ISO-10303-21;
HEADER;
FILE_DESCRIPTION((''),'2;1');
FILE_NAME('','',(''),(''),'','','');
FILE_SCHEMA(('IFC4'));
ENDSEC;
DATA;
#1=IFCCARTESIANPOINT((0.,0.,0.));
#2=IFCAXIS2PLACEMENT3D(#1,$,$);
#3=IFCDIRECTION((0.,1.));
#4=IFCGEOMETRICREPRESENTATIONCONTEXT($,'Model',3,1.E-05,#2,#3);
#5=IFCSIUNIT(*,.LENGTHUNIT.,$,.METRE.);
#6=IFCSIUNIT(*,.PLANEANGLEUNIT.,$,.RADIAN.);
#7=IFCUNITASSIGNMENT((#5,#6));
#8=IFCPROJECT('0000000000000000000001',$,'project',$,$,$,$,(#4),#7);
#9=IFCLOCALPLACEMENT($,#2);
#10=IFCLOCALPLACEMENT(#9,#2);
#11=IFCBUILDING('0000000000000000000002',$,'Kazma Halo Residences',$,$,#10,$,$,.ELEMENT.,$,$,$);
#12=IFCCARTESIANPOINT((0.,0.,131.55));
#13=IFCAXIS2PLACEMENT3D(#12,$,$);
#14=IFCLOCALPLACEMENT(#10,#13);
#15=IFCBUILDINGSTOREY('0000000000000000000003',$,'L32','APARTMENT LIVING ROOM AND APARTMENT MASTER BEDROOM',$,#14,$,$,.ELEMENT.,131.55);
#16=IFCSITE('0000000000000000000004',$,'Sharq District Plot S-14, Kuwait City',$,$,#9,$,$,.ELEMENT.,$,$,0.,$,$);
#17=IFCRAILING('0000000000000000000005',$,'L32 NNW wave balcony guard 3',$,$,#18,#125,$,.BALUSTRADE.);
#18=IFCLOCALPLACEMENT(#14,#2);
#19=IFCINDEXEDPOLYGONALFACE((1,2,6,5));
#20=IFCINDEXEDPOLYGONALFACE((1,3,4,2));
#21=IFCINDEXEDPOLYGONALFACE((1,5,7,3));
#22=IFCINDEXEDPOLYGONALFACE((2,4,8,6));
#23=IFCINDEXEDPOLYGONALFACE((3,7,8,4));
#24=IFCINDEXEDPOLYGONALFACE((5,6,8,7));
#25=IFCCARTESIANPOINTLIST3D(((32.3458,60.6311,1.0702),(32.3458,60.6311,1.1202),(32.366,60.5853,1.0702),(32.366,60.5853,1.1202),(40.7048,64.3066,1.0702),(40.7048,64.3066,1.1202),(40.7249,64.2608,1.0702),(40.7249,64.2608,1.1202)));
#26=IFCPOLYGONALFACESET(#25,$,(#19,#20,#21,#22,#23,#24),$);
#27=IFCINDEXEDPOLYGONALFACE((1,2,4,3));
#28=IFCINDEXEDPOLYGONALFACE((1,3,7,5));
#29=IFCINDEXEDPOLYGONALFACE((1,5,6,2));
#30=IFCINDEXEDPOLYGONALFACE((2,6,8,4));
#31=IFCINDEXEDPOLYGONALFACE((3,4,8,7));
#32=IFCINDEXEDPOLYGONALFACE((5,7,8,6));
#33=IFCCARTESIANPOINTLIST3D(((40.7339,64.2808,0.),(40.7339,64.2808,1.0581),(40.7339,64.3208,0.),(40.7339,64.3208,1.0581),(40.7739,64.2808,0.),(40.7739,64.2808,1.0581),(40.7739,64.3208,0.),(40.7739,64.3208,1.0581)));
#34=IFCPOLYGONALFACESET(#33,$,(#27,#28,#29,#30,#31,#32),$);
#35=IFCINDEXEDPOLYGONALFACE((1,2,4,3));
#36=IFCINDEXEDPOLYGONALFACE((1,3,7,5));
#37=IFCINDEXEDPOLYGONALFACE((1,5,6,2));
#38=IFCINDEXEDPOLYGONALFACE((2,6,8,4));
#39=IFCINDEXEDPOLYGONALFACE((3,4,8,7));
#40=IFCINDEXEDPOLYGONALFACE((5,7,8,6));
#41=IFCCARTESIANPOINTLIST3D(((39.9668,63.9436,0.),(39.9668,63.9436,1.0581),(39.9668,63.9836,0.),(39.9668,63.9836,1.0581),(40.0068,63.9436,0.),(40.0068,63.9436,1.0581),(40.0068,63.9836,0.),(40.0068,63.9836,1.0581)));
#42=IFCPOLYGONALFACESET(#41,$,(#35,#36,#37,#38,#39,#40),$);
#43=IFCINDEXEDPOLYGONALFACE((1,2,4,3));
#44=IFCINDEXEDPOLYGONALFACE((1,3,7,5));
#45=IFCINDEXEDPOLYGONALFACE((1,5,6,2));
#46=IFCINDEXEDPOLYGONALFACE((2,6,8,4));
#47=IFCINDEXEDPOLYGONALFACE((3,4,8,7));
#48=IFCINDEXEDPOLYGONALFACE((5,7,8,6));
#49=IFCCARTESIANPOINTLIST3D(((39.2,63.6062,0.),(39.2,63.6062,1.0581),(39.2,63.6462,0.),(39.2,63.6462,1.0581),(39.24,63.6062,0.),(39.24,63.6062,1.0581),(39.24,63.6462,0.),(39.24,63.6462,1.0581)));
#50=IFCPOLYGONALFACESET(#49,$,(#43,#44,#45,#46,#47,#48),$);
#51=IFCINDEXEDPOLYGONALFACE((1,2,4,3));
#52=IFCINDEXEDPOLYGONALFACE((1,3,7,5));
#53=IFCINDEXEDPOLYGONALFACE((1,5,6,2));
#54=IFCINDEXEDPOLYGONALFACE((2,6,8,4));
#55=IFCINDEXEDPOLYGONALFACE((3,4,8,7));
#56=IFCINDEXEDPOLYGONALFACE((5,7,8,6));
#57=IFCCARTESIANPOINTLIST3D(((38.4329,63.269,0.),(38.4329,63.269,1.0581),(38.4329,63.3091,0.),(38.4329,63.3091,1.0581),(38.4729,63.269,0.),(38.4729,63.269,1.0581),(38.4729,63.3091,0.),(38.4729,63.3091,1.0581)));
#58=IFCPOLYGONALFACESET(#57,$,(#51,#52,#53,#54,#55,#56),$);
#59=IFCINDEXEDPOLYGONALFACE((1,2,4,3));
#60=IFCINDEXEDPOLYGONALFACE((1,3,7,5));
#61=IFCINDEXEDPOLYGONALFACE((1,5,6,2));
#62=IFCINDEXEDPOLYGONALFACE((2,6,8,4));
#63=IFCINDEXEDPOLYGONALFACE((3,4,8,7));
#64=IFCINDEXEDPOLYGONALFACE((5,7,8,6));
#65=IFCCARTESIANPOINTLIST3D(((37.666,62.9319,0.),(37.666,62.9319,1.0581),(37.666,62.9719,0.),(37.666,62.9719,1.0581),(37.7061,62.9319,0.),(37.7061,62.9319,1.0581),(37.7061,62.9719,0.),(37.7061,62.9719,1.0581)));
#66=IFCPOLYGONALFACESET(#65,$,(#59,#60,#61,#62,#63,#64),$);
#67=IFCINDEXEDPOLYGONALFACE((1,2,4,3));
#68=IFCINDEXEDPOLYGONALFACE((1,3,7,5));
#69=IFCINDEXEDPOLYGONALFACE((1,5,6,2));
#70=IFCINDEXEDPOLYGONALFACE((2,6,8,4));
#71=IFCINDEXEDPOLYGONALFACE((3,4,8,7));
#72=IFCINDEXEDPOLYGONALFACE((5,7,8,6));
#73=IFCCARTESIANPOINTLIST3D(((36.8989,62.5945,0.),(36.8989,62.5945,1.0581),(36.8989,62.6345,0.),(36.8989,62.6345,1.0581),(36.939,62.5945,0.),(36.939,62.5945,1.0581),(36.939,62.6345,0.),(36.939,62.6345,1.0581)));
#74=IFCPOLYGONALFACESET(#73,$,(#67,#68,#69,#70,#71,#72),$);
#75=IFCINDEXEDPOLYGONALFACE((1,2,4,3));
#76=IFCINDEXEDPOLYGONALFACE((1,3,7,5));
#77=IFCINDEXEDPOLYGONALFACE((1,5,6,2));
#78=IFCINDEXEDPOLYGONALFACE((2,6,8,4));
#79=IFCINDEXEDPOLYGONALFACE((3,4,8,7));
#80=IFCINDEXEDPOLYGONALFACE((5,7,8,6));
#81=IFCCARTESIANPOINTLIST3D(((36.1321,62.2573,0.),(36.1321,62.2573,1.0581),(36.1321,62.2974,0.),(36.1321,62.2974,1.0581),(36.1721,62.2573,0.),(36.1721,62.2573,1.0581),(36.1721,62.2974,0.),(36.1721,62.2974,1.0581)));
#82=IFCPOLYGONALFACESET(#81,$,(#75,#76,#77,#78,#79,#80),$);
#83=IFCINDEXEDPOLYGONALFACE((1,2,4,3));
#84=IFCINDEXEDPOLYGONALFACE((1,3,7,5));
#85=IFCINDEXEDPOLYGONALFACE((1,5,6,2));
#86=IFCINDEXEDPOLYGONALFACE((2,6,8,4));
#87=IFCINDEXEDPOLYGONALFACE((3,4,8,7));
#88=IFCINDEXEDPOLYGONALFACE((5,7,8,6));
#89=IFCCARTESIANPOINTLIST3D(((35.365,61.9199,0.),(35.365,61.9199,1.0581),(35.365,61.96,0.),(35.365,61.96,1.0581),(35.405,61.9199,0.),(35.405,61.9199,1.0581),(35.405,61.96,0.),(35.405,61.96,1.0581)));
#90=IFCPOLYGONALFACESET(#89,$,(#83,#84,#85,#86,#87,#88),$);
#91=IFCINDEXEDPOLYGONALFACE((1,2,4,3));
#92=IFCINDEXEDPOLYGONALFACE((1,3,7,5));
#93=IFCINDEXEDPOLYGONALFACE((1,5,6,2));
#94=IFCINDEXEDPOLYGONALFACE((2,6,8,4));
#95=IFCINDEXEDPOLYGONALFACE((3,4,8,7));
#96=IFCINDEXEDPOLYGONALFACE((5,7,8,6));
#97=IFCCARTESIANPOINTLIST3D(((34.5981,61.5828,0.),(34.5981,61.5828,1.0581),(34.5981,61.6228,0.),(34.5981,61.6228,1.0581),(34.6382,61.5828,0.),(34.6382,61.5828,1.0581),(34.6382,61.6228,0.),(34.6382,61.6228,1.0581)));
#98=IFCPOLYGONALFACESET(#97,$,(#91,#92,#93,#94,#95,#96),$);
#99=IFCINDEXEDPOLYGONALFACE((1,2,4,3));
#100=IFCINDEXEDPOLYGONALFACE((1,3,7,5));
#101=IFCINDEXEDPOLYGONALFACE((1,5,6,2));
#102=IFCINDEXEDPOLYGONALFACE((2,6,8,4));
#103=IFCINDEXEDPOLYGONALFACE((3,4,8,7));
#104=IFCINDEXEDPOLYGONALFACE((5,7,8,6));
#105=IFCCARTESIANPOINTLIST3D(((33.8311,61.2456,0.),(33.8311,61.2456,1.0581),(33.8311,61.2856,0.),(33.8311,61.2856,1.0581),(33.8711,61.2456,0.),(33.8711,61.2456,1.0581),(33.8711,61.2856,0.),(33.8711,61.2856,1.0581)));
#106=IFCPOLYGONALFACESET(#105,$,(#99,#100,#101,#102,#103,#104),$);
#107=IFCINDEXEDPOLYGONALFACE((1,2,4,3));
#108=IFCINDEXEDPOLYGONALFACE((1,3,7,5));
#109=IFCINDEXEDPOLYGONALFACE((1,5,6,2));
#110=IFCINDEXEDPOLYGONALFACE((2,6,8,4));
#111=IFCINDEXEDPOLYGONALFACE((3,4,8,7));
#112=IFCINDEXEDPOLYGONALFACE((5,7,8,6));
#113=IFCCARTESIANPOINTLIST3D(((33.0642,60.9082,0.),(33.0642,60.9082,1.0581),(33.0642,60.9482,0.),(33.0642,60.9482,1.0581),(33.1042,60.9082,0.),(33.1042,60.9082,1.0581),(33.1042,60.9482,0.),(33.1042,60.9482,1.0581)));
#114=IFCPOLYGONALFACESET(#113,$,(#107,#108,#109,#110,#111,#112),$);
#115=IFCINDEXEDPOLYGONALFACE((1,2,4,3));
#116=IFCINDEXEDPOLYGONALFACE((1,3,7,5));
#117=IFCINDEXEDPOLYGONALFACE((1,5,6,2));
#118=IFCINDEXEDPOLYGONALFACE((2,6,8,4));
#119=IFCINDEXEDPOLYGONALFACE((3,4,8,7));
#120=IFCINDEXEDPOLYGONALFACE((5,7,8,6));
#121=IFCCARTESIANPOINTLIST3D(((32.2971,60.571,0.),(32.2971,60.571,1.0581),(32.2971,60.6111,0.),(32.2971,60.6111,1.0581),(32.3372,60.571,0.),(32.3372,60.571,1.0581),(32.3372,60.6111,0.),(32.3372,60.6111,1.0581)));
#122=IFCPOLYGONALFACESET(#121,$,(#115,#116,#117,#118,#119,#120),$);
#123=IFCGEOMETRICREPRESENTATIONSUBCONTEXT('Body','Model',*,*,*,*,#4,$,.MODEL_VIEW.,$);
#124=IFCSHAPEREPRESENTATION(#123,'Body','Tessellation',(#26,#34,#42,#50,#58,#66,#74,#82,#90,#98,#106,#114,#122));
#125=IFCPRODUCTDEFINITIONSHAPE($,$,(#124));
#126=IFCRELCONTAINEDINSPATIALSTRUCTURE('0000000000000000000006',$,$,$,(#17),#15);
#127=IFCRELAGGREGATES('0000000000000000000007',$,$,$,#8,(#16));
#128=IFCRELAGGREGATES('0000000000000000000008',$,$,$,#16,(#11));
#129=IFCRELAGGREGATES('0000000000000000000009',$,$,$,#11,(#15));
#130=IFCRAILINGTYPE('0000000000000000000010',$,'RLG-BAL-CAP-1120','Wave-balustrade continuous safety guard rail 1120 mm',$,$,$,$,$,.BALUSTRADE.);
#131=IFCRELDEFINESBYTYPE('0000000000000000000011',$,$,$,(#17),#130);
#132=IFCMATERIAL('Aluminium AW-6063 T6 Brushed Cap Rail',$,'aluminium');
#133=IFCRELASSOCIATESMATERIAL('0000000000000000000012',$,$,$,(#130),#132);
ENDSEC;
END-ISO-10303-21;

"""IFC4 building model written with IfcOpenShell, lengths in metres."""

from ifc_helpers import new_model, si_unit, direction, frame, origin, origin_2d, place, context, subcontext, project, spatial, rectangle, extrude, material, type_object, element, save


model = new_model("IFC4")

# Units and contexts
model_context = context("Model", 3, precision=1e-05, world=origin(), true_north=direction((0.0, 1.0)))
body_context = subcontext(model_context, "Body", "Model", "MODEL_VIEW")
ifc_project = project(units=[si_unit("LENGTHUNIT", "METRE"), si_unit("PLANEANGLEUNIT", "RADIAN")], contexts=[model_context])

# Site, building, storey
site_placement = place(None, origin())
site = spatial("IfcSite", under=ifc_project, at=site_placement, Name="Sharq District Plot S-14, Kuwait City", CompositionType="ELEMENT", RefElevation=0.0)
building_placement = place(site_placement, origin())
building = spatial("IfcBuilding", under=site, at=building_placement, Name="Kazma Halo Residences", CompositionType="ELEMENT")
storey_placement = place(building_placement, frame((0.0, 0.0, 131.55)))
storey = spatial("IfcBuildingStorey", under=building, at=storey_placement, Name="L32", Description="APARTMENT LIVING ROOM AND APARTMENT MASTER BEDROOM", CompositionType="ELEMENT", Elevation=131.55)

# Railing
ifc_material_1 = material(Name="Aluminium AW-6063 T6 Brushed Cap Rail", Category="aluminium")
railing_type = type_object("IfcRailingType", Name="RLG-BAL-CAP-1120", Description="Wave-balustrade continuous safety guard rail 1120 mm", PredefinedType="BALUSTRADE", material=ifc_material_1)
railing_placement = place(storey_placement, frame((40.7539, 64.3008, 0.0)))
element("IfcRailing", 1, at=railing_placement, inside=storey, type_object=railing_type, Name="L32 NNW wave balcony guard 3", PredefinedType="BALUSTRADE", context=body_context, shape_type="SweptSolid", body=[
    extrude(rectangle(XDim=0.05, YDim=0.05, at=origin_2d()), frame((-0.0391, -0.0171, 1.0952), z_axis=(-0.915413, -0.402515, 0.0), x_axis=(0.402515, -0.915413, 0.0)), (0.0, 0.0, 1.0), 9.1313),
    extrude(rectangle(XDim=0.04, YDim=0.04, at=origin_2d()), origin(), (0.0, 0.0, 1.0), 1.0581),
    extrude(rectangle(XDim=0.04, YDim=0.04, at=origin_2d()), frame((-0.7671, -0.3372, 0.0)), (0.0, 0.0, 1.0), 1.0581),
    extrude(rectangle(XDim=0.04, YDim=0.04, at=origin_2d()), frame((-1.5339, -0.6746, 0.0)), (0.0, 0.0, 1.0), 1.0581),
    extrude(rectangle(XDim=0.04, YDim=0.04, at=origin_2d()), frame((-2.301, -1.0117, 0.0)), (0.0, 0.0, 1.0), 1.0581),
    extrude(rectangle(XDim=0.04, YDim=0.04, at=origin_2d()), frame((-3.0679, -1.3489, 0.0)), (0.0, 0.0, 1.0), 1.0581),
    extrude(rectangle(XDim=0.04, YDim=0.04, at=origin_2d()), frame((-3.835, -1.6863, 0.0)), (0.0, 0.0, 1.0), 1.0581),
    extrude(rectangle(XDim=0.04, YDim=0.04, at=origin_2d()), frame((-4.6018, -2.0234, 0.0)), (0.0, 0.0, 1.0), 1.0581),
    extrude(rectangle(XDim=0.04, YDim=0.04, at=origin_2d()), frame((-5.3689, -2.3608, 0.0)), (0.0, 0.0, 1.0), 1.0581),
    extrude(rectangle(XDim=0.04, YDim=0.04, at=origin_2d()), frame((-6.1357, -2.698, 0.0)), (0.0, 0.0, 1.0), 1.0581),
    extrude(rectangle(XDim=0.04, YDim=0.04, at=origin_2d()), frame((-6.9028, -3.0352, 0.0)), (0.0, 0.0, 1.0), 1.0581),
    extrude(rectangle(XDim=0.04, YDim=0.04, at=origin_2d()), frame((-7.6697, -3.3726, 0.0)), (0.0, 0.0, 1.0), 1.0581),
    extrude(rectangle(XDim=0.04, YDim=0.04, at=origin_2d()), frame((-8.4368, -3.7097, 0.0)), (0.0, 0.0, 1.0), 1.0581),
])

save(model, "model.ifc")
